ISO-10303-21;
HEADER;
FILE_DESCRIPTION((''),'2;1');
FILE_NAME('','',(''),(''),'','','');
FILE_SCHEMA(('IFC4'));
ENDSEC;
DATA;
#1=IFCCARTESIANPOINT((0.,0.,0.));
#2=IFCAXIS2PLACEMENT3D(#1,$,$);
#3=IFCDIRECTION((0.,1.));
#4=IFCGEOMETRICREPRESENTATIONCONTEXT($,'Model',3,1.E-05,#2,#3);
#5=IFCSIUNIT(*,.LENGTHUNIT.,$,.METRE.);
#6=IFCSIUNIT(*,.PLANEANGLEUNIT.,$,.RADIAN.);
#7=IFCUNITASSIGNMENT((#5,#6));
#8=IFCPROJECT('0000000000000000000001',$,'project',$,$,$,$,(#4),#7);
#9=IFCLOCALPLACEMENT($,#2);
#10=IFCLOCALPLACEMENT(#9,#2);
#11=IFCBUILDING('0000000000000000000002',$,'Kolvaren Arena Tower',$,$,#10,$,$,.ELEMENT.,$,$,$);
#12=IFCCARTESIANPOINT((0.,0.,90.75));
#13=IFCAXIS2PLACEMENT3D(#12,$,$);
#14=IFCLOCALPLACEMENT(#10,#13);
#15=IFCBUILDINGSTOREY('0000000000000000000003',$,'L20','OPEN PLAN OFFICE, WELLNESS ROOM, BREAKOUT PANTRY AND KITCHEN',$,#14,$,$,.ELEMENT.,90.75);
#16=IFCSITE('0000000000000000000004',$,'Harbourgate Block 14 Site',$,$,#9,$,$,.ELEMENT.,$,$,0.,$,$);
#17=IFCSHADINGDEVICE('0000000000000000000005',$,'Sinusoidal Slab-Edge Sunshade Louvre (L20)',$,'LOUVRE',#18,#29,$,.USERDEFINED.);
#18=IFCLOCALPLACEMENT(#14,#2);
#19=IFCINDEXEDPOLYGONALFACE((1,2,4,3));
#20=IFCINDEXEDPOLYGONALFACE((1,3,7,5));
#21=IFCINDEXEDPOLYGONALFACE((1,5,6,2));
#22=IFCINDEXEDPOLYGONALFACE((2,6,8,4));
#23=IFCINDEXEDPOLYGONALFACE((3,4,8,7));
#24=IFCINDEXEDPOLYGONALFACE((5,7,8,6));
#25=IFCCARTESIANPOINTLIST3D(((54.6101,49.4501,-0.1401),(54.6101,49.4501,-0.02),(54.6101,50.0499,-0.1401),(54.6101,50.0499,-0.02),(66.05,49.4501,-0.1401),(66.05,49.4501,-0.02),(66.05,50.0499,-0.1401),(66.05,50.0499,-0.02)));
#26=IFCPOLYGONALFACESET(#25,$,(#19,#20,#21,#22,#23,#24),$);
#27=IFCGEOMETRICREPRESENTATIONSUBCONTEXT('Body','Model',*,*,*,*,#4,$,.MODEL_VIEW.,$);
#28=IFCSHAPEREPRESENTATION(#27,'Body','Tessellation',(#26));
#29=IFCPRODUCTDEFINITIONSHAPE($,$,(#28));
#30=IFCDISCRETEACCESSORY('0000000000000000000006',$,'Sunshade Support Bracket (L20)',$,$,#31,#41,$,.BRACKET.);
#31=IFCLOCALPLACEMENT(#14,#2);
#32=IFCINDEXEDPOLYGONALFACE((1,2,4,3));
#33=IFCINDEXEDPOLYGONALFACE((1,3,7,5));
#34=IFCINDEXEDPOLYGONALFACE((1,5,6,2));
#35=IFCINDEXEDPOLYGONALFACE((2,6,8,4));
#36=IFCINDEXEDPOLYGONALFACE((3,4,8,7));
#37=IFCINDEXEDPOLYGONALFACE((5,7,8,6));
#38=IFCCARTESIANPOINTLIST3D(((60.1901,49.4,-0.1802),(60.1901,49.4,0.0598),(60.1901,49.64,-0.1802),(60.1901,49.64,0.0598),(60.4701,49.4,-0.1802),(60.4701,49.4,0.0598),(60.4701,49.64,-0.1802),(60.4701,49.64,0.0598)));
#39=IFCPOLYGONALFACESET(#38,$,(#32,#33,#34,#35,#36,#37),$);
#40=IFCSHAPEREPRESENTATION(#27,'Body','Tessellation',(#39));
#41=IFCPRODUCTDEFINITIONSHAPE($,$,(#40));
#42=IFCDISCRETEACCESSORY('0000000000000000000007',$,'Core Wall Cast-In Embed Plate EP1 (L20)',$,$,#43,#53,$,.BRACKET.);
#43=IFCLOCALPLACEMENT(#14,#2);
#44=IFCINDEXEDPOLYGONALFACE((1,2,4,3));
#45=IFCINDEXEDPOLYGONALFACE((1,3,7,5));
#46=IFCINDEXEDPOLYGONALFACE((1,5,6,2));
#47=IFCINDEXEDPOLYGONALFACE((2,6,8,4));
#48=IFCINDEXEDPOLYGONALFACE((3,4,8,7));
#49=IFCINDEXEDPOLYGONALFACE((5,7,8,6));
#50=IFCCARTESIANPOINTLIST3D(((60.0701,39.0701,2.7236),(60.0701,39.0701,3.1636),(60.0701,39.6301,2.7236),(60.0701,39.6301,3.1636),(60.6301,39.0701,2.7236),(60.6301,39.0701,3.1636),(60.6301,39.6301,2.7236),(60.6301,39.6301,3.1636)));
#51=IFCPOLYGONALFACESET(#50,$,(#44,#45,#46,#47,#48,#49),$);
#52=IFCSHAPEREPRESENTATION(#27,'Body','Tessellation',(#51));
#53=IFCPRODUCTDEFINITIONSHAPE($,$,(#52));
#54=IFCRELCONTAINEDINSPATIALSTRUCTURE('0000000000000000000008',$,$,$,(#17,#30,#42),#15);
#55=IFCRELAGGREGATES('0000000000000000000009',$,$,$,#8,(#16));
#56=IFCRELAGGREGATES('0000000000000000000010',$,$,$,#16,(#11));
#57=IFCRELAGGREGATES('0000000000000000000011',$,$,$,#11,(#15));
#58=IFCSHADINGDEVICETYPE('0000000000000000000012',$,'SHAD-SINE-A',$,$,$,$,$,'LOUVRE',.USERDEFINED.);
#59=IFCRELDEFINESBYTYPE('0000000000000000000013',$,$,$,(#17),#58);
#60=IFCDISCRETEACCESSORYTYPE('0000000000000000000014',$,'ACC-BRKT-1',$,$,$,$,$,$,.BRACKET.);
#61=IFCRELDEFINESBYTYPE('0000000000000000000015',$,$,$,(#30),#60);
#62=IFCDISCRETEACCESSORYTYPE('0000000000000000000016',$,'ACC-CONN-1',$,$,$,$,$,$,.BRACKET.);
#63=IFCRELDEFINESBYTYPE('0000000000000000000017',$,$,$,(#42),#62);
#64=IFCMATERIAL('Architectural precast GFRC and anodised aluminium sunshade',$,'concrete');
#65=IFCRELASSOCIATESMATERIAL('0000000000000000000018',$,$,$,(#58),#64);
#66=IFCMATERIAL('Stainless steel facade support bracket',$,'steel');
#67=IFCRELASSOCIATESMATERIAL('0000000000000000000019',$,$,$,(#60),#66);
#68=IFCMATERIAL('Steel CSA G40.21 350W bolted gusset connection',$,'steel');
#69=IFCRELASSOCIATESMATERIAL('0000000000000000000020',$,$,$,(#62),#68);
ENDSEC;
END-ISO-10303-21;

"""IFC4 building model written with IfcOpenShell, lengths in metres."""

from ifc_helpers import new_model, si_unit, direction, frame, origin, origin_2d, place, context, subcontext, project, spatial, rectangle, extrude, material, type_object, element, save


model = new_model("IFC4")

# Units and contexts
model_context = context("Model", 3, precision=1e-05, world=origin(), true_north=direction((0.0, 1.0)))
body_context = subcontext(model_context, "Body", "Model", "MODEL_VIEW")
ifc_project = project(units=[si_unit("LENGTHUNIT", "METRE"), si_unit("PLANEANGLEUNIT", "RADIAN")], contexts=[model_context])

# Site, building, storey
site_placement = place(None, origin())
site = spatial("IfcSite", under=ifc_project, at=site_placement, Name="Harbourgate Block 14 Site", CompositionType="ELEMENT", RefElevation=0.0)
building_placement = place(site_placement, origin())
building = spatial("IfcBuilding", under=site, at=building_placement, Name="Kolvaren Arena Tower", CompositionType="ELEMENT")
storey_placement = place(building_placement, frame((0.0, 0.0, 90.75)))
storey = spatial("IfcBuildingStorey", under=building, at=storey_placement, Name="L20", Description="OPEN PLAN OFFICE, WELLNESS ROOM, BREAKOUT PANTRY AND KITCHEN", CompositionType="ELEMENT", Elevation=90.75)

# Shading device
ifc_material_1 = material(Name="Architectural precast GFRC and anodised aluminium sunshade", Category="concrete")
shading_device_type = type_object("IfcShadingDeviceType", Name="SHAD-SINE-A", ElementType="LOUVRE", PredefinedType="USERDEFINED", material=ifc_material_1)
shading_device_placement = place(storey_placement, frame((60.3301, 49.75, -0.1401), z_axis=(0.0, 0.0, 1.0), x_axis=(1.0, 0.0, 0.0)))
element("IfcShadingDevice", 1, at=shading_device_placement, inside=storey, type_object=shading_device_type, Name="Sinusoidal Slab-Edge Sunshade Louvre (L20)", ObjectType="LOUVRE", PredefinedType="USERDEFINED", context=body_context, shape_type="SweptSolid", body=[
    extrude(rectangle(XDim=11.4399, YDim=0.5999, at=origin_2d()), origin(), (0.0, 0.0, 1.0), 0.1201),
])

# Discrete accessories
ifc_material_2 = material(Name="Stainless steel facade support bracket", Category="steel")
discrete_accessory_type_1 = type_object("IfcDiscreteAccessoryType", Name="ACC-BRKT-1", PredefinedType="BRACKET", material=ifc_material_2)
discrete_accessory_1_placement = place(storey_placement, frame((60.3301, 49.52, -0.1802), z_axis=(0.0, 0.0, 1.0), x_axis=(1.0, 0.0, 0.0)))
element("IfcDiscreteAccessory", 2, at=discrete_accessory_1_placement, inside=storey, type_object=discrete_accessory_type_1, Name="Sunshade Support Bracket (L20)", PredefinedType="BRACKET", context=body_context, shape_type="SweptSolid", body=[
    extrude(rectangle(XDim=0.28, YDim=0.24, at=origin_2d()), origin(), (0.0, 0.0, 1.0), 0.24),
])
ifc_material_3 = material(Name="Steel CSA G40.21 350W bolted gusset connection", Category="steel")
discrete_accessory_type_2 = type_object("IfcDiscreteAccessoryType", Name="ACC-CONN-1", PredefinedType="BRACKET", material=ifc_material_3)
discrete_accessory_2_placement = place(storey_placement, frame((60.3501, 39.3501, 2.7236), z_axis=(0.0, 0.0, 1.0), x_axis=(1.0, 0.0, 0.0)))
element("IfcDiscreteAccessory", 3, at=discrete_accessory_2_placement, inside=storey, type_object=discrete_accessory_type_2, Name="Core Wall Cast-In Embed Plate EP1 (L20)", PredefinedType="BRACKET", context=body_context, shape_type="SweptSolid", body=[
    extrude(rectangle(XDim=0.5601, YDim=0.5601, at=origin_2d()), origin(), (0.0, 0.0, 1.0), 0.4399),
])

save(model, "model.ifc")
